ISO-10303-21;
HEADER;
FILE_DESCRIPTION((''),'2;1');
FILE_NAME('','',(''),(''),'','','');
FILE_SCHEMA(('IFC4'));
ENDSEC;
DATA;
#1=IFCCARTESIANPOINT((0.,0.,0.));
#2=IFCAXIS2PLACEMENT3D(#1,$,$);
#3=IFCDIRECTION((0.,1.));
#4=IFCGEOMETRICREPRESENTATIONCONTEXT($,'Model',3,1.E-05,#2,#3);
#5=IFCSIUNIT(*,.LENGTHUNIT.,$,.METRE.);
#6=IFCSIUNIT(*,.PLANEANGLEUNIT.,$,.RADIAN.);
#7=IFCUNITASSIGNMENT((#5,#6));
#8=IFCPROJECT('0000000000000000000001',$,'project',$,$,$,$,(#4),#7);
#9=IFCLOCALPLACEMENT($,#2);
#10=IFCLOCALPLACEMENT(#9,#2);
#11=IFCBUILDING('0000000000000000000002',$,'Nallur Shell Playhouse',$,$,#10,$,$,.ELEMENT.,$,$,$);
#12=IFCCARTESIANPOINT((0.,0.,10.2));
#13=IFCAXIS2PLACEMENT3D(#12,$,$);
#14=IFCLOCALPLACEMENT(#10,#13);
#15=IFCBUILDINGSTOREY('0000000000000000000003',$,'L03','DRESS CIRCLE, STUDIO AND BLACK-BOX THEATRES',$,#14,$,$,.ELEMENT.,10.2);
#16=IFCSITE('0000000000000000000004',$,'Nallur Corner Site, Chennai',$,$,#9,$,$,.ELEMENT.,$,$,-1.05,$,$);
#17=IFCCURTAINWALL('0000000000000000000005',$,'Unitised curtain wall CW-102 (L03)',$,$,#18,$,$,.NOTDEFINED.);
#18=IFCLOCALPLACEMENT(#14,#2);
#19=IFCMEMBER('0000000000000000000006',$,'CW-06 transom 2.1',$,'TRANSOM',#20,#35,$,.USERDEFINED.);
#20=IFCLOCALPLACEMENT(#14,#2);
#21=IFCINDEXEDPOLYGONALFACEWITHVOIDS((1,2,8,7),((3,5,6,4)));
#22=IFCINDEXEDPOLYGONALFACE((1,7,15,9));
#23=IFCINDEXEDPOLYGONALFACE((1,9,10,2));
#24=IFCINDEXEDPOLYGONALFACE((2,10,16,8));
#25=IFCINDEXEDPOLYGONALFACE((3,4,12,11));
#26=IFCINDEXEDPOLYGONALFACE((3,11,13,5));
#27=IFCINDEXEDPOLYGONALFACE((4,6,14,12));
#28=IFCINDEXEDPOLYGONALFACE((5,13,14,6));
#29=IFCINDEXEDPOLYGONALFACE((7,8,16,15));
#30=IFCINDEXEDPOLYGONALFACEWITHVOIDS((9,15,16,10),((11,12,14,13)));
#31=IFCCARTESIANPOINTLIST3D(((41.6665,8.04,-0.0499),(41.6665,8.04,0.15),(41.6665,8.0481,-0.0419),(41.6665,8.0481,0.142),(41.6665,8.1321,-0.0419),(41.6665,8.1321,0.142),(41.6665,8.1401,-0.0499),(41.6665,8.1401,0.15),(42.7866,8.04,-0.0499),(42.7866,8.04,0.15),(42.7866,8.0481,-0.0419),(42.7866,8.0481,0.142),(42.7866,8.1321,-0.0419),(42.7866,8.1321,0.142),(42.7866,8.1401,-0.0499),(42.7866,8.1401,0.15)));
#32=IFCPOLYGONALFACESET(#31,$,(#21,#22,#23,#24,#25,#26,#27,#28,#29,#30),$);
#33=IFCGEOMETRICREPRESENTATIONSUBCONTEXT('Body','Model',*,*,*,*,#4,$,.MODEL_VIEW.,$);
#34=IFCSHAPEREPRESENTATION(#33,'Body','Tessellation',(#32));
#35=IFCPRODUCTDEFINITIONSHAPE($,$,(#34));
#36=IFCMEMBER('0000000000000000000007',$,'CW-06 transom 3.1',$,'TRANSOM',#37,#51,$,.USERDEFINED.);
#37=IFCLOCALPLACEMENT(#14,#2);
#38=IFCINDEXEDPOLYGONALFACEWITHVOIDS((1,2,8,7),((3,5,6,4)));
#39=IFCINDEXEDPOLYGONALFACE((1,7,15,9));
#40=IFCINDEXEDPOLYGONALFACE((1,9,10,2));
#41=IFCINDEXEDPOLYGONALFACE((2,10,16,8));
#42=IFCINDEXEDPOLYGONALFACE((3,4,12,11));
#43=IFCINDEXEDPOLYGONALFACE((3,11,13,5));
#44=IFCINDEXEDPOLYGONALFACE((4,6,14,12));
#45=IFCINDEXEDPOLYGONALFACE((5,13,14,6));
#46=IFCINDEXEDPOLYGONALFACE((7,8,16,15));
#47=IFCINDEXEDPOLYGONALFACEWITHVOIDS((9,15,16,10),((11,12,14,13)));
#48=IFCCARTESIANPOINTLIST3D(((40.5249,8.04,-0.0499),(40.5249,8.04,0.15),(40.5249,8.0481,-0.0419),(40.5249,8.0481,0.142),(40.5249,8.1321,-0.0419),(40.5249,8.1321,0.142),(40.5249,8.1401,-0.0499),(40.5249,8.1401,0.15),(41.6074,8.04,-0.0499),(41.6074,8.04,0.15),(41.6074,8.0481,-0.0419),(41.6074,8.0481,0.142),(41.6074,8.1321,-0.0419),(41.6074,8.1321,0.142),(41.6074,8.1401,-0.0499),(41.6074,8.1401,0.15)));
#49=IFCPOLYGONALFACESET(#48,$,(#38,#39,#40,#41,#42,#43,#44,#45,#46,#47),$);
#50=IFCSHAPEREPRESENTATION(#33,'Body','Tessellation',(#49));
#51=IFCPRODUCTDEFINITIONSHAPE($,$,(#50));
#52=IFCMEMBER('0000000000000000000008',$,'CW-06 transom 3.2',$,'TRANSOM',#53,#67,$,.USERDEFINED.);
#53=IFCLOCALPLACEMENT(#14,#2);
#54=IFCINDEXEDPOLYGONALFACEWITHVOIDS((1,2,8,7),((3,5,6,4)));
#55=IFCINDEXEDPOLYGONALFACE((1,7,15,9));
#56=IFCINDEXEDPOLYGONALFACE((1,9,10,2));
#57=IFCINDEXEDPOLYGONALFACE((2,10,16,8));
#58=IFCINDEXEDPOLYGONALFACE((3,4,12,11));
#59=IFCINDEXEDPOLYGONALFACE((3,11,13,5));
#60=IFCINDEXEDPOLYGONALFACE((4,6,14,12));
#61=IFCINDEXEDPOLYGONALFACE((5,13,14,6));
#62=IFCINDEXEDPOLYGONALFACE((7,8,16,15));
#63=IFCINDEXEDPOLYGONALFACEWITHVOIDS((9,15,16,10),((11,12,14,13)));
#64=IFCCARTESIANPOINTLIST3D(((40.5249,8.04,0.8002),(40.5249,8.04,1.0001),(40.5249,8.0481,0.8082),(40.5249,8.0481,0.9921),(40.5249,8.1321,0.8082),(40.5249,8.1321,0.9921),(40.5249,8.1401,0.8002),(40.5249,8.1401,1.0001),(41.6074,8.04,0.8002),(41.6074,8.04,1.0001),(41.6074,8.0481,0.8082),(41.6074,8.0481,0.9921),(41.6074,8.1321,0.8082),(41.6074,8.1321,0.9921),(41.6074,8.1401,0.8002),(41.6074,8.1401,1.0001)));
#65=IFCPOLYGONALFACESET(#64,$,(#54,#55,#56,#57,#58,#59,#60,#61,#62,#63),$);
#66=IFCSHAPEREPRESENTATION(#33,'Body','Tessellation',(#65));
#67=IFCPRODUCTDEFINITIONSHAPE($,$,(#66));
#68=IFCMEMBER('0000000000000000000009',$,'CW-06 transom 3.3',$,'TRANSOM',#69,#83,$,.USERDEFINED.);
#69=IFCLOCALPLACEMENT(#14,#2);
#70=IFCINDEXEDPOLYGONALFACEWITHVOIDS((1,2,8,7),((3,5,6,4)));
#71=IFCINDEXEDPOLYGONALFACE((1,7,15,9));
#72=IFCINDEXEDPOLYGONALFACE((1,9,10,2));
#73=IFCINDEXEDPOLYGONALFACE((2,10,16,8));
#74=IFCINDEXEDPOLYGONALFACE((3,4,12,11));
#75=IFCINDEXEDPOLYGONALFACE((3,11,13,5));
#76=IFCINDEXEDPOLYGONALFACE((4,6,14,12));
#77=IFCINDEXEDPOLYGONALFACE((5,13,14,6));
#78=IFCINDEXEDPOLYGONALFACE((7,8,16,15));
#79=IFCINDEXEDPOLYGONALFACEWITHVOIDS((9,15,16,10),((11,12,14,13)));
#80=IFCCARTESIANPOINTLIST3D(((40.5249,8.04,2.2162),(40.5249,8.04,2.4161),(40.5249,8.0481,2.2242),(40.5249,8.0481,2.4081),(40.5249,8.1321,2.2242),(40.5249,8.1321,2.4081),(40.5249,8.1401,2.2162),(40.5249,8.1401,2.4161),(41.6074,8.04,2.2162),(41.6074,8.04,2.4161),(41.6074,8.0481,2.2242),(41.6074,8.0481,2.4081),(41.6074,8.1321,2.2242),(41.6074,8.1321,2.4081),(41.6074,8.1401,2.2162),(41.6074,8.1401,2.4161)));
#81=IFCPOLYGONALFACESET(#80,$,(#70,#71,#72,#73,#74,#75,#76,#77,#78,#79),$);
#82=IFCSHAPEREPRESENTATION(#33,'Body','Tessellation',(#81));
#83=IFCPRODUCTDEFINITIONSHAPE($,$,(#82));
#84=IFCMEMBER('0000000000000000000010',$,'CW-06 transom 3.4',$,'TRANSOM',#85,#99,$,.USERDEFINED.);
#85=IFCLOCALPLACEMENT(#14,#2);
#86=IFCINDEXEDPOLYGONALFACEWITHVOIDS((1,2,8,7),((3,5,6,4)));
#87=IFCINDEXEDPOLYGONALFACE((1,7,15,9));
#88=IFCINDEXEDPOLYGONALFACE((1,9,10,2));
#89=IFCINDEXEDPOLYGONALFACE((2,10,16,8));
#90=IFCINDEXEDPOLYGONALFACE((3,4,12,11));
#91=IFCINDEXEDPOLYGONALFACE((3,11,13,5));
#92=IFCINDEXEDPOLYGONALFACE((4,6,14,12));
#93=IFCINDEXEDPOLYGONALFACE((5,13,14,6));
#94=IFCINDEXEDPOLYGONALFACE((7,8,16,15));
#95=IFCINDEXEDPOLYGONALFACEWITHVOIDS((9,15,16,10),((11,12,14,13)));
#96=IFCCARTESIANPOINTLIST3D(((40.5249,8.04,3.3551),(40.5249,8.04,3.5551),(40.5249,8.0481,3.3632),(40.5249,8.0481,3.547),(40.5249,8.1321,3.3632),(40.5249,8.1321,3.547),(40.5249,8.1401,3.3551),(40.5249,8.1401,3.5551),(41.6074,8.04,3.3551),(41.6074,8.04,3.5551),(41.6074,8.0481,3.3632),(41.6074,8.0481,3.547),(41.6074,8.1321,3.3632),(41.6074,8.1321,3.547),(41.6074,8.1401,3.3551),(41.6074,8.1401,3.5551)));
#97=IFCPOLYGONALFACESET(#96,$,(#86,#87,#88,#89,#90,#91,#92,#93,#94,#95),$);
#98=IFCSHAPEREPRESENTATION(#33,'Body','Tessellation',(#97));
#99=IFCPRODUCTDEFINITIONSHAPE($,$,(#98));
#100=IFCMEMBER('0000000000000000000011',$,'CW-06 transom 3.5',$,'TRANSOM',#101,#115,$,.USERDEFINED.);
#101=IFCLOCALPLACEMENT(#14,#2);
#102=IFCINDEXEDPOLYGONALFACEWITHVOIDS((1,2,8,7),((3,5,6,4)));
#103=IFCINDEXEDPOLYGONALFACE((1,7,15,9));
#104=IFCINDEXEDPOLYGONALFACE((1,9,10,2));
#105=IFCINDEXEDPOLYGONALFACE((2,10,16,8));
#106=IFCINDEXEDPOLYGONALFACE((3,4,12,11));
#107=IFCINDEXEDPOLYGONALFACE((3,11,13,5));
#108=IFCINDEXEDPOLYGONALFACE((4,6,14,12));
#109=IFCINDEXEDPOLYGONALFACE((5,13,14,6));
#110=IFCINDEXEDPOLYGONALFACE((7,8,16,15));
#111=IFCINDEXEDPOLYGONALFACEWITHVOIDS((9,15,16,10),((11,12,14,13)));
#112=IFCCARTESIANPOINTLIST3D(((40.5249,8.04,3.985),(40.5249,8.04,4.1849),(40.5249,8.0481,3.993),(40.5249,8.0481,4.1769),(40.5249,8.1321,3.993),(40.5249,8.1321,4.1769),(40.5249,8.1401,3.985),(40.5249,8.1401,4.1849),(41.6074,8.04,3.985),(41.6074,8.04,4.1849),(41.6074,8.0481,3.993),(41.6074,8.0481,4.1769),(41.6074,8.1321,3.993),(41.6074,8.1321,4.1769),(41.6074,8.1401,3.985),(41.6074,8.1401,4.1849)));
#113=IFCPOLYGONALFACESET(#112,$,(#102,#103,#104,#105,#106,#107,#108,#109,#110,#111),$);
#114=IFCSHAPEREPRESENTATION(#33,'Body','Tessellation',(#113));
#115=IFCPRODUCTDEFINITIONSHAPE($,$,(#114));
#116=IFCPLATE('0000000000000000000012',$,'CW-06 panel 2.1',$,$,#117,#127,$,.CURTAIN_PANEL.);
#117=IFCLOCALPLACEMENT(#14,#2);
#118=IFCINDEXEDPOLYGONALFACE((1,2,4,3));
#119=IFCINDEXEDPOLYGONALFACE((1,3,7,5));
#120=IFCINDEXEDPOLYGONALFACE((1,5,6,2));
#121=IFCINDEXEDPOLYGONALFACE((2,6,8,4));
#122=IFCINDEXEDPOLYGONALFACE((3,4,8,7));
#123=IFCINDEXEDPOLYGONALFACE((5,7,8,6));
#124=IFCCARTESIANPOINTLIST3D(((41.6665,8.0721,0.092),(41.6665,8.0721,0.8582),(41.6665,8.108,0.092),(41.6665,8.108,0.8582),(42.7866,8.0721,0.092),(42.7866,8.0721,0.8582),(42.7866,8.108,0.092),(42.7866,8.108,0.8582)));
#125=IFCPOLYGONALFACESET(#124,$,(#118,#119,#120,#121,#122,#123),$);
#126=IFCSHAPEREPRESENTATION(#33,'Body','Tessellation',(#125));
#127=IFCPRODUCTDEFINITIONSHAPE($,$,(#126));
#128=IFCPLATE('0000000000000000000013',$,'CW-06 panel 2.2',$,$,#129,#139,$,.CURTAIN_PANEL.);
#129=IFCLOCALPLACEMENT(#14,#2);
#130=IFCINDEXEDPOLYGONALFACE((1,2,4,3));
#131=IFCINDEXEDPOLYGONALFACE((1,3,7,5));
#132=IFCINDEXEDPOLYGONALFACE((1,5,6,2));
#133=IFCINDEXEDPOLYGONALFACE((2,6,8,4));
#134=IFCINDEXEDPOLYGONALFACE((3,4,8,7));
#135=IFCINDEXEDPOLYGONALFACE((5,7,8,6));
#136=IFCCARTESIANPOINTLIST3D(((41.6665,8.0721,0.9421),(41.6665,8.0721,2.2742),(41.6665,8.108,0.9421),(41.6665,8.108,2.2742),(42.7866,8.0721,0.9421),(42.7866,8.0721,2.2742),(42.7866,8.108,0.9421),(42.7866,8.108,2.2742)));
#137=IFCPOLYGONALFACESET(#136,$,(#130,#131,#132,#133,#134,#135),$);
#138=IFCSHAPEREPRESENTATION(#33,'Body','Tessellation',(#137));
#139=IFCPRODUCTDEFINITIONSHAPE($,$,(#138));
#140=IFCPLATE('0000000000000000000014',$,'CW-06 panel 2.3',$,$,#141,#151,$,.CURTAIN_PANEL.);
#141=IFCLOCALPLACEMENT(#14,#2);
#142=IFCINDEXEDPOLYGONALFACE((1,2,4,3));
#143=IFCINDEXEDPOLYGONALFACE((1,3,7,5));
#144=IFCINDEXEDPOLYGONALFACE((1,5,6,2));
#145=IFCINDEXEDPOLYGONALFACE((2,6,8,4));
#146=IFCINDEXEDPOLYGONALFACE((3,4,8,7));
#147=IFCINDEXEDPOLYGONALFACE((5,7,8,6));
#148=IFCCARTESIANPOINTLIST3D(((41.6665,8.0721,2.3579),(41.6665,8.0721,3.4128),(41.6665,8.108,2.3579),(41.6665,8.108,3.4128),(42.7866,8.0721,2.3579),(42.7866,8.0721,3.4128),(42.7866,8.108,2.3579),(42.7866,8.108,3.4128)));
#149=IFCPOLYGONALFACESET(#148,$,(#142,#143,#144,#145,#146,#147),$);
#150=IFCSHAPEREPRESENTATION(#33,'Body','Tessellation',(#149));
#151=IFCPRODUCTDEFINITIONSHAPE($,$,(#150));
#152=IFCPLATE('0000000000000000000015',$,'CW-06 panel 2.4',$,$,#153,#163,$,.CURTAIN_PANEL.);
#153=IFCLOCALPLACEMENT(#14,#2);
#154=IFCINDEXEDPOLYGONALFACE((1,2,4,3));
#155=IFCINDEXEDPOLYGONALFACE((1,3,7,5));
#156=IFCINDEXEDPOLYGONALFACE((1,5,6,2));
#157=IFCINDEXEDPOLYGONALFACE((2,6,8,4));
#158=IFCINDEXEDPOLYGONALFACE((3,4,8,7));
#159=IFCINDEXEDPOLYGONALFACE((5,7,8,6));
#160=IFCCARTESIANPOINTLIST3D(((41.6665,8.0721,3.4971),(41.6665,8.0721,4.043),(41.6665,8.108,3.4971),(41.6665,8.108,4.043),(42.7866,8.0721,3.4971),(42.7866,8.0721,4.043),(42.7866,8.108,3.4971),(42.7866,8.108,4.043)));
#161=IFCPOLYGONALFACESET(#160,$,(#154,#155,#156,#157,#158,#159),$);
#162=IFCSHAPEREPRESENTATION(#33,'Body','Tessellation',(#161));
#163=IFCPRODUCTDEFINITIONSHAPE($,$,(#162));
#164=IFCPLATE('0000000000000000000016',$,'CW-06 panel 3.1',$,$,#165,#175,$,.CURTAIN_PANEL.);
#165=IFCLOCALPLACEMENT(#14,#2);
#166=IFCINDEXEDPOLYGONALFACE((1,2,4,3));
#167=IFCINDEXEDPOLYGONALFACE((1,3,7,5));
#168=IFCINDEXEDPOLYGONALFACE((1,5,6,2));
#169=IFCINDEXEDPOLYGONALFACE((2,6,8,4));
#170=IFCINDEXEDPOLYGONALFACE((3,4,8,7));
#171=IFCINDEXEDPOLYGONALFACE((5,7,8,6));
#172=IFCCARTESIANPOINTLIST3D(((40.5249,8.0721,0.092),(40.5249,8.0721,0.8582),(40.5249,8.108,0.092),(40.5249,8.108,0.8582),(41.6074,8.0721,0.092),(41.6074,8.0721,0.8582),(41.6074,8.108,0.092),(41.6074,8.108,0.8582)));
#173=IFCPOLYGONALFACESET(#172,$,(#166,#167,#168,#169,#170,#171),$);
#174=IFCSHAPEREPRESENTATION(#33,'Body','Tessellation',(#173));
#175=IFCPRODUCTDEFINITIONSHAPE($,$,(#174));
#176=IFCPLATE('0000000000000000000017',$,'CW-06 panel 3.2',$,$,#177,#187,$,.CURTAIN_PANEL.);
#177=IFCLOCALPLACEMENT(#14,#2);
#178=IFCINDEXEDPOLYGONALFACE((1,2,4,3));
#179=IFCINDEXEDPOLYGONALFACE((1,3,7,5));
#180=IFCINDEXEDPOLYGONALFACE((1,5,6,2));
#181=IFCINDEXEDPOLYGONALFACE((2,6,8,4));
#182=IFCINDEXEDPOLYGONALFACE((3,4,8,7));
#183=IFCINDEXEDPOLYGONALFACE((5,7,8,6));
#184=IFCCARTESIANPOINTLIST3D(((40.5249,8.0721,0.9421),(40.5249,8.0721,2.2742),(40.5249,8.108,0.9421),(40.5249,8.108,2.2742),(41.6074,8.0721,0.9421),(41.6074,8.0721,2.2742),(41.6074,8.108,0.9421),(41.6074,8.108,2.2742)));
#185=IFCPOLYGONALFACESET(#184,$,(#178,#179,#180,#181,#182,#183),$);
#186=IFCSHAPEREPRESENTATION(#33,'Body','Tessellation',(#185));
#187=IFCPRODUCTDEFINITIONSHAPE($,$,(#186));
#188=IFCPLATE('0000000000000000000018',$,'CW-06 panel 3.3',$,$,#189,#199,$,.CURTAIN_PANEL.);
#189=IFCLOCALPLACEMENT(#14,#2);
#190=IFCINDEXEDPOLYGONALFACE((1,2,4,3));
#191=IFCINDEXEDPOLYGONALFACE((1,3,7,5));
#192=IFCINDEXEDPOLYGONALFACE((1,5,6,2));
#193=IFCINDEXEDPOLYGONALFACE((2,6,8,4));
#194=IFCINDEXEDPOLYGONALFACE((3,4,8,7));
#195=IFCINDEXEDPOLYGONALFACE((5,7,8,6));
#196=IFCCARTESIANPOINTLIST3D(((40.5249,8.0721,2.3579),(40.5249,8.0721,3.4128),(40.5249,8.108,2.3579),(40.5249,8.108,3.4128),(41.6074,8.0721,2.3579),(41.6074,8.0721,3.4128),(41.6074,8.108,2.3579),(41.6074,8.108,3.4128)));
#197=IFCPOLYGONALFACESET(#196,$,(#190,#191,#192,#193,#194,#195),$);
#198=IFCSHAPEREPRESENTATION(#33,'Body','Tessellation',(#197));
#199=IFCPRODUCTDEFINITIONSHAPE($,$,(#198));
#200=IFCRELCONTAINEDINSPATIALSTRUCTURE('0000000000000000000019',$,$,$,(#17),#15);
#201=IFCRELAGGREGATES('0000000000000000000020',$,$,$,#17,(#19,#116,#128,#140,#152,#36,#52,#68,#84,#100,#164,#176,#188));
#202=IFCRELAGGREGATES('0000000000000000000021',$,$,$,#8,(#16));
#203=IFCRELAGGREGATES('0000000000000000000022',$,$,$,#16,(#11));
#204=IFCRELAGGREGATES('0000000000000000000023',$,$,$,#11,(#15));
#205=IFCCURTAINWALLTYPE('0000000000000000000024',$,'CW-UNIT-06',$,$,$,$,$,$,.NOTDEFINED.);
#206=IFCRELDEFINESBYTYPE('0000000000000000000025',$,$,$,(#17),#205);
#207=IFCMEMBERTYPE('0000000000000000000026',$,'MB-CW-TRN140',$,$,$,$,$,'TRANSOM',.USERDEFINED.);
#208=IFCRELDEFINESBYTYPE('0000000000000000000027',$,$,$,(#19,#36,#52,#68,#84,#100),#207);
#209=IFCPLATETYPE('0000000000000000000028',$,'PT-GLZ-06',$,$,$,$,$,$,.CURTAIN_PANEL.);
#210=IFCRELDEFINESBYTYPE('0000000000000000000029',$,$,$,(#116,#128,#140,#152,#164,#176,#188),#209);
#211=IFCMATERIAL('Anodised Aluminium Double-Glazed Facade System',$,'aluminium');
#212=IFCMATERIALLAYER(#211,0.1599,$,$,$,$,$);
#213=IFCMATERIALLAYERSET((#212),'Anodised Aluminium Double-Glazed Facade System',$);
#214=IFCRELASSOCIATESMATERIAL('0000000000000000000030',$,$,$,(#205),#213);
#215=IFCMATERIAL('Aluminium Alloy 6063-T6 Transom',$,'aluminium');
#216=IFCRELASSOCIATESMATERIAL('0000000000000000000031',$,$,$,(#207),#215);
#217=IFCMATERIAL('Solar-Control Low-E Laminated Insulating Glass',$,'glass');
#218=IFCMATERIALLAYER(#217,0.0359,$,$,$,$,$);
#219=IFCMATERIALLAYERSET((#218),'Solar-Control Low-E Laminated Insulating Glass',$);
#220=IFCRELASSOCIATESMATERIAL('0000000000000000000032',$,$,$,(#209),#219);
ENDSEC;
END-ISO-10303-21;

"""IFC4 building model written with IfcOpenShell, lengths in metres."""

from ifc_helpers import new_model, si_unit, direction, frame, origin, origin_2d, place, context, subcontext, project, spatial, rectangle, hollow_rectangle, extrude, material, layer, layer_set, material_profile, profile_set, type_object, element, aggregate, save


model = new_model("IFC4")

# Units and contexts
model_context = context("Model", 3, precision=1e-05, world=origin(), true_north=direction((0.0, 1.0)))
body_context = subcontext(model_context, "Body", "Model", "MODEL_VIEW")
ifc_project = project(units=[si_unit("LENGTHUNIT", "METRE"), si_unit("PLANEANGLEUNIT", "RADIAN")], contexts=[model_context])

# Site, building, storey
site_placement = place(None, origin())
site = spatial("IfcSite", under=ifc_project, at=site_placement, Name="Nallur Corner Site, Chennai", CompositionType="ELEMENT", RefElevation=-1.05)
building_placement = place(site_placement, origin())
building = spatial("IfcBuilding", under=site, at=building_placement, Name="Nallur Shell Playhouse", CompositionType="ELEMENT")
storey_placement = place(building_placement, frame((0.0, 0.0, 10.2)))
storey = spatial("IfcBuildingStorey", under=building, at=storey_placement, Name="L03", Description="DRESS CIRCLE, STUDIO AND BLACK-BOX THEATRES", CompositionType="ELEMENT", Elevation=10.2)

# Curtain wall, members, plates
ifc_material_1 = material(Name="Anodised Aluminium Double-Glazed Facade System", Category="aluminium")
ifc_layer_1 = layer(ifc_material_1, 0.1599)
ifc_layer_set_1 = layer_set([ifc_layer_1], Name="Anodised Aluminium Double-Glazed Facade System")
curtain_wall_type = type_object("IfcCurtainWallType", Name="CW-UNIT-06", PredefinedType="NOTDEFINED", material=ifc_layer_set_1)
curtain_wall_placement = place(storey_placement, origin())
curtain_wall = element("IfcCurtainWall", 1, at=curtain_wall_placement, inside=storey, type_object=curtain_wall_type, Name="Unitised curtain wall CW-102 (L03)", PredefinedType="NOTDEFINED")
ifc_material_2 = material(Name="Aluminium Alloy 6063-T6 Transom", Category="aluminium")
ifc_material_profile_1 = material_profile(ifc_material_2, hollow_rectangle(XDim=0.1001, YDim=0.2, WallThickness=0.0081, at=origin_2d()), Name="RHS 200x100x8")
ifc_profile_set_1 = profile_set([ifc_material_profile_1], Name="Aluminium Alloy 6063-T6 Transom")
member_type_1 = type_object("IfcMemberType", Name="MB-CW-TRN140", ElementType="TRANSOM", PredefinedType="USERDEFINED", material=ifc_profile_set_1)
member_1_placement = place(storey_placement, frame((42.7866, 8.0901, 0.05), z_axis=(-1.0, 0.0, 0.0), x_axis=(0.0, -1.0, 0.0)))
member_1 = element("IfcMember", 2, at=member_1_placement, type_object=member_type_1, Name="CW-06 transom 2.1", ObjectType="TRANSOM", PredefinedType="USERDEFINED", context=body_context, shape_type="SweptSolid", body=[
    extrude(hollow_rectangle(XDim=0.1001, YDim=0.2, WallThickness=0.0081, at=origin_2d()), origin(), (0.0, 0.0, 1.0), 1.1201),
])
member_2_placement = place(storey_placement, frame((41.6074, 8.0901, 0.05), z_axis=(-1.0, 0.0, 0.0), x_axis=(0.0, -1.0, 0.0)))
member_2 = element("IfcMember", 3, at=member_2_placement, type_object=member_type_1, Name="CW-06 transom 3.1", ObjectType="TRANSOM", PredefinedType="USERDEFINED", context=body_context, shape_type="SweptSolid", body=[
    extrude(hollow_rectangle(XDim=0.1001, YDim=0.2, WallThickness=0.0081, at=origin_2d()), origin(), (0.0, 0.0, 1.0), 1.0825),
])
member_3_placement = place(storey_placement, frame((41.6074, 8.0901, 0.9001), z_axis=(-1.0, 0.0, 0.0), x_axis=(0.0, -1.0, 0.0)))
member_3 = element("IfcMember", 4, at=member_3_placement, type_object=member_type_1, Name="CW-06 transom 3.2", ObjectType="TRANSOM", PredefinedType="USERDEFINED", context=body_context, shape_type="SweptSolid", body=[
    extrude(hollow_rectangle(XDim=0.1001, YDim=0.2, WallThickness=0.0081, at=origin_2d()), origin(), (0.0, 0.0, 1.0), 1.0825),
])
member_4_placement = place(storey_placement, frame((41.6074, 8.0901, 2.3162), z_axis=(-1.0, 0.0, 0.0), x_axis=(0.0, -1.0, 0.0)))
member_4 = element("IfcMember", 5, at=member_4_placement, type_object=member_type_1, Name="CW-06 transom 3.3", ObjectType="TRANSOM", PredefinedType="USERDEFINED", context=body_context, shape_type="SweptSolid", body=[
    extrude(hollow_rectangle(XDim=0.1001, YDim=0.2, WallThickness=0.0081, at=origin_2d()), origin(), (0.0, 0.0, 1.0), 1.0825),
])
member_5_placement = place(storey_placement, frame((41.6074, 8.0901, 3.4551), z_axis=(-1.0, 0.0, 0.0), x_axis=(0.0, -1.0, 0.0)))
member_5 = element("IfcMember", 6, at=member_5_placement, type_object=member_type_1, Name="CW-06 transom 3.4", ObjectType="TRANSOM", PredefinedType="USERDEFINED", context=body_context, shape_type="SweptSolid", body=[
    extrude(hollow_rectangle(XDim=0.1001, YDim=0.2, WallThickness=0.0081, at=origin_2d()), origin(), (0.0, 0.0, 1.0), 1.0825),
])
member_6_placement = place(storey_placement, frame((41.6074, 8.0901, 4.085), z_axis=(-1.0, 0.0, 0.0), x_axis=(0.0, -1.0, 0.0)))
member_6 = element("IfcMember", 7, at=member_6_placement, type_object=member_type_1, Name="CW-06 transom 3.5", ObjectType="TRANSOM", PredefinedType="USERDEFINED", context=body_context, shape_type="SweptSolid", body=[
    extrude(hollow_rectangle(XDim=0.1001, YDim=0.2, WallThickness=0.0081, at=origin_2d()), origin(), (0.0, 0.0, 1.0), 1.0825),
])
ifc_material_3 = material(Name="Solar-Control Low-E Laminated Insulating Glass", Category="glass")
ifc_layer_2 = layer(ifc_material_3, 0.0359)
ifc_layer_set_2 = layer_set([ifc_layer_2], Name="Solar-Control Low-E Laminated Insulating Glass")
plate_type = type_object("IfcPlateType", Name="PT-GLZ-06", PredefinedType="CURTAIN_PANEL", material=ifc_layer_set_2)
plate_1_placement = place(storey_placement, frame((42.2266, 8.0901, 0.092), z_axis=(0.0, 0.0, 1.0), x_axis=(-1.0, 0.0, 0.0)))
plate_1 = element("IfcPlate", 8, at=plate_1_placement, type_object=plate_type, Name="CW-06 panel 2.1", PredefinedType="CURTAIN_PANEL", context=body_context, shape_type="SweptSolid", body=[
    extrude(rectangle(XDim=1.1201, YDim=0.0359, at=origin_2d()), origin(), (0.0, 0.0, 1.0), 0.7661),
])
plate_2_placement = place(storey_placement, frame((42.2266, 8.0901, 0.9421), z_axis=(0.0, 0.0, 1.0), x_axis=(-1.0, 0.0, 0.0)))
plate_2 = element("IfcPlate", 9, at=plate_2_placement, type_object=plate_type, Name="CW-06 panel 2.2", PredefinedType="CURTAIN_PANEL", context=body_context, shape_type="SweptSolid", body=[
    extrude(rectangle(XDim=1.1201, YDim=0.0359, at=origin_2d()), origin(), (0.0, 0.0, 1.0), 1.332),
])
plate_3_placement = place(storey_placement, frame((42.2266, 8.0901, 2.3579), z_axis=(0.0, 0.0, 1.0), x_axis=(-1.0, 0.0, 0.0)))
plate_3 = element("IfcPlate", 10, at=plate_3_placement, type_object=plate_type, Name="CW-06 panel 2.3", PredefinedType="CURTAIN_PANEL", context=body_context, shape_type="SweptSolid", body=[
    extrude(rectangle(XDim=1.1201, YDim=0.0359, at=origin_2d()), origin(), (0.0, 0.0, 1.0), 1.0549),
])
plate_4_placement = place(storey_placement, frame((42.2266, 8.0901, 3.4971), z_axis=(0.0, 0.0, 1.0), x_axis=(-1.0, 0.0, 0.0)))
plate_4 = element("IfcPlate", 11, at=plate_4_placement, type_object=plate_type, Name="CW-06 panel 2.4", PredefinedType="CURTAIN_PANEL", context=body_context, shape_type="SweptSolid", body=[
    extrude(rectangle(XDim=1.1201, YDim=0.0359, at=origin_2d()), origin(), (0.0, 0.0, 1.0), 0.5459),
])
plate_5_placement = place(storey_placement, frame((41.0662, 8.0901, 0.092), z_axis=(0.0, 0.0, 1.0), x_axis=(-1.0, 0.0, 0.0)))
plate_5 = element("IfcPlate", 12, at=plate_5_placement, type_object=plate_type, Name="CW-06 panel 3.1", PredefinedType="CURTAIN_PANEL", context=body_context, shape_type="SweptSolid", body=[
    extrude(rectangle(XDim=1.0825, YDim=0.0359, at=origin_2d()), origin(), (0.0, 0.0, 1.0), 0.7661),
])
plate_6_placement = place(storey_placement, frame((41.0662, 8.0901, 0.9421), z_axis=(0.0, 0.0, 1.0), x_axis=(-1.0, 0.0, 0.0)))
plate_6 = element("IfcPlate", 13, at=plate_6_placement, type_object=plate_type, Name="CW-06 panel 3.2", PredefinedType="CURTAIN_PANEL", context=body_context, shape_type="SweptSolid", body=[
    extrude(rectangle(XDim=1.0825, YDim=0.0359, at=origin_2d()), origin(), (0.0, 0.0, 1.0), 1.332),
])
plate_7_placement = place(storey_placement, frame((41.0662, 8.0901, 2.3579), z_axis=(0.0, 0.0, 1.0), x_axis=(-1.0, 0.0, 0.0)))
plate_7 = element("IfcPlate", 14, at=plate_7_placement, type_object=plate_type, Name="CW-06 panel 3.3", PredefinedType="CURTAIN_PANEL", context=body_context, shape_type="SweptSolid", body=[
    extrude(rectangle(XDim=1.0825, YDim=0.0359, at=origin_2d()), origin(), (0.0, 0.0, 1.0), 1.0549),
])
aggregate(curtain_wall, [member_1, plate_1, plate_2, plate_3, plate_4, member_2, member_3, member_4, member_5, member_6, plate_5, plate_6, plate_7])

save(model, "model.ifc")
